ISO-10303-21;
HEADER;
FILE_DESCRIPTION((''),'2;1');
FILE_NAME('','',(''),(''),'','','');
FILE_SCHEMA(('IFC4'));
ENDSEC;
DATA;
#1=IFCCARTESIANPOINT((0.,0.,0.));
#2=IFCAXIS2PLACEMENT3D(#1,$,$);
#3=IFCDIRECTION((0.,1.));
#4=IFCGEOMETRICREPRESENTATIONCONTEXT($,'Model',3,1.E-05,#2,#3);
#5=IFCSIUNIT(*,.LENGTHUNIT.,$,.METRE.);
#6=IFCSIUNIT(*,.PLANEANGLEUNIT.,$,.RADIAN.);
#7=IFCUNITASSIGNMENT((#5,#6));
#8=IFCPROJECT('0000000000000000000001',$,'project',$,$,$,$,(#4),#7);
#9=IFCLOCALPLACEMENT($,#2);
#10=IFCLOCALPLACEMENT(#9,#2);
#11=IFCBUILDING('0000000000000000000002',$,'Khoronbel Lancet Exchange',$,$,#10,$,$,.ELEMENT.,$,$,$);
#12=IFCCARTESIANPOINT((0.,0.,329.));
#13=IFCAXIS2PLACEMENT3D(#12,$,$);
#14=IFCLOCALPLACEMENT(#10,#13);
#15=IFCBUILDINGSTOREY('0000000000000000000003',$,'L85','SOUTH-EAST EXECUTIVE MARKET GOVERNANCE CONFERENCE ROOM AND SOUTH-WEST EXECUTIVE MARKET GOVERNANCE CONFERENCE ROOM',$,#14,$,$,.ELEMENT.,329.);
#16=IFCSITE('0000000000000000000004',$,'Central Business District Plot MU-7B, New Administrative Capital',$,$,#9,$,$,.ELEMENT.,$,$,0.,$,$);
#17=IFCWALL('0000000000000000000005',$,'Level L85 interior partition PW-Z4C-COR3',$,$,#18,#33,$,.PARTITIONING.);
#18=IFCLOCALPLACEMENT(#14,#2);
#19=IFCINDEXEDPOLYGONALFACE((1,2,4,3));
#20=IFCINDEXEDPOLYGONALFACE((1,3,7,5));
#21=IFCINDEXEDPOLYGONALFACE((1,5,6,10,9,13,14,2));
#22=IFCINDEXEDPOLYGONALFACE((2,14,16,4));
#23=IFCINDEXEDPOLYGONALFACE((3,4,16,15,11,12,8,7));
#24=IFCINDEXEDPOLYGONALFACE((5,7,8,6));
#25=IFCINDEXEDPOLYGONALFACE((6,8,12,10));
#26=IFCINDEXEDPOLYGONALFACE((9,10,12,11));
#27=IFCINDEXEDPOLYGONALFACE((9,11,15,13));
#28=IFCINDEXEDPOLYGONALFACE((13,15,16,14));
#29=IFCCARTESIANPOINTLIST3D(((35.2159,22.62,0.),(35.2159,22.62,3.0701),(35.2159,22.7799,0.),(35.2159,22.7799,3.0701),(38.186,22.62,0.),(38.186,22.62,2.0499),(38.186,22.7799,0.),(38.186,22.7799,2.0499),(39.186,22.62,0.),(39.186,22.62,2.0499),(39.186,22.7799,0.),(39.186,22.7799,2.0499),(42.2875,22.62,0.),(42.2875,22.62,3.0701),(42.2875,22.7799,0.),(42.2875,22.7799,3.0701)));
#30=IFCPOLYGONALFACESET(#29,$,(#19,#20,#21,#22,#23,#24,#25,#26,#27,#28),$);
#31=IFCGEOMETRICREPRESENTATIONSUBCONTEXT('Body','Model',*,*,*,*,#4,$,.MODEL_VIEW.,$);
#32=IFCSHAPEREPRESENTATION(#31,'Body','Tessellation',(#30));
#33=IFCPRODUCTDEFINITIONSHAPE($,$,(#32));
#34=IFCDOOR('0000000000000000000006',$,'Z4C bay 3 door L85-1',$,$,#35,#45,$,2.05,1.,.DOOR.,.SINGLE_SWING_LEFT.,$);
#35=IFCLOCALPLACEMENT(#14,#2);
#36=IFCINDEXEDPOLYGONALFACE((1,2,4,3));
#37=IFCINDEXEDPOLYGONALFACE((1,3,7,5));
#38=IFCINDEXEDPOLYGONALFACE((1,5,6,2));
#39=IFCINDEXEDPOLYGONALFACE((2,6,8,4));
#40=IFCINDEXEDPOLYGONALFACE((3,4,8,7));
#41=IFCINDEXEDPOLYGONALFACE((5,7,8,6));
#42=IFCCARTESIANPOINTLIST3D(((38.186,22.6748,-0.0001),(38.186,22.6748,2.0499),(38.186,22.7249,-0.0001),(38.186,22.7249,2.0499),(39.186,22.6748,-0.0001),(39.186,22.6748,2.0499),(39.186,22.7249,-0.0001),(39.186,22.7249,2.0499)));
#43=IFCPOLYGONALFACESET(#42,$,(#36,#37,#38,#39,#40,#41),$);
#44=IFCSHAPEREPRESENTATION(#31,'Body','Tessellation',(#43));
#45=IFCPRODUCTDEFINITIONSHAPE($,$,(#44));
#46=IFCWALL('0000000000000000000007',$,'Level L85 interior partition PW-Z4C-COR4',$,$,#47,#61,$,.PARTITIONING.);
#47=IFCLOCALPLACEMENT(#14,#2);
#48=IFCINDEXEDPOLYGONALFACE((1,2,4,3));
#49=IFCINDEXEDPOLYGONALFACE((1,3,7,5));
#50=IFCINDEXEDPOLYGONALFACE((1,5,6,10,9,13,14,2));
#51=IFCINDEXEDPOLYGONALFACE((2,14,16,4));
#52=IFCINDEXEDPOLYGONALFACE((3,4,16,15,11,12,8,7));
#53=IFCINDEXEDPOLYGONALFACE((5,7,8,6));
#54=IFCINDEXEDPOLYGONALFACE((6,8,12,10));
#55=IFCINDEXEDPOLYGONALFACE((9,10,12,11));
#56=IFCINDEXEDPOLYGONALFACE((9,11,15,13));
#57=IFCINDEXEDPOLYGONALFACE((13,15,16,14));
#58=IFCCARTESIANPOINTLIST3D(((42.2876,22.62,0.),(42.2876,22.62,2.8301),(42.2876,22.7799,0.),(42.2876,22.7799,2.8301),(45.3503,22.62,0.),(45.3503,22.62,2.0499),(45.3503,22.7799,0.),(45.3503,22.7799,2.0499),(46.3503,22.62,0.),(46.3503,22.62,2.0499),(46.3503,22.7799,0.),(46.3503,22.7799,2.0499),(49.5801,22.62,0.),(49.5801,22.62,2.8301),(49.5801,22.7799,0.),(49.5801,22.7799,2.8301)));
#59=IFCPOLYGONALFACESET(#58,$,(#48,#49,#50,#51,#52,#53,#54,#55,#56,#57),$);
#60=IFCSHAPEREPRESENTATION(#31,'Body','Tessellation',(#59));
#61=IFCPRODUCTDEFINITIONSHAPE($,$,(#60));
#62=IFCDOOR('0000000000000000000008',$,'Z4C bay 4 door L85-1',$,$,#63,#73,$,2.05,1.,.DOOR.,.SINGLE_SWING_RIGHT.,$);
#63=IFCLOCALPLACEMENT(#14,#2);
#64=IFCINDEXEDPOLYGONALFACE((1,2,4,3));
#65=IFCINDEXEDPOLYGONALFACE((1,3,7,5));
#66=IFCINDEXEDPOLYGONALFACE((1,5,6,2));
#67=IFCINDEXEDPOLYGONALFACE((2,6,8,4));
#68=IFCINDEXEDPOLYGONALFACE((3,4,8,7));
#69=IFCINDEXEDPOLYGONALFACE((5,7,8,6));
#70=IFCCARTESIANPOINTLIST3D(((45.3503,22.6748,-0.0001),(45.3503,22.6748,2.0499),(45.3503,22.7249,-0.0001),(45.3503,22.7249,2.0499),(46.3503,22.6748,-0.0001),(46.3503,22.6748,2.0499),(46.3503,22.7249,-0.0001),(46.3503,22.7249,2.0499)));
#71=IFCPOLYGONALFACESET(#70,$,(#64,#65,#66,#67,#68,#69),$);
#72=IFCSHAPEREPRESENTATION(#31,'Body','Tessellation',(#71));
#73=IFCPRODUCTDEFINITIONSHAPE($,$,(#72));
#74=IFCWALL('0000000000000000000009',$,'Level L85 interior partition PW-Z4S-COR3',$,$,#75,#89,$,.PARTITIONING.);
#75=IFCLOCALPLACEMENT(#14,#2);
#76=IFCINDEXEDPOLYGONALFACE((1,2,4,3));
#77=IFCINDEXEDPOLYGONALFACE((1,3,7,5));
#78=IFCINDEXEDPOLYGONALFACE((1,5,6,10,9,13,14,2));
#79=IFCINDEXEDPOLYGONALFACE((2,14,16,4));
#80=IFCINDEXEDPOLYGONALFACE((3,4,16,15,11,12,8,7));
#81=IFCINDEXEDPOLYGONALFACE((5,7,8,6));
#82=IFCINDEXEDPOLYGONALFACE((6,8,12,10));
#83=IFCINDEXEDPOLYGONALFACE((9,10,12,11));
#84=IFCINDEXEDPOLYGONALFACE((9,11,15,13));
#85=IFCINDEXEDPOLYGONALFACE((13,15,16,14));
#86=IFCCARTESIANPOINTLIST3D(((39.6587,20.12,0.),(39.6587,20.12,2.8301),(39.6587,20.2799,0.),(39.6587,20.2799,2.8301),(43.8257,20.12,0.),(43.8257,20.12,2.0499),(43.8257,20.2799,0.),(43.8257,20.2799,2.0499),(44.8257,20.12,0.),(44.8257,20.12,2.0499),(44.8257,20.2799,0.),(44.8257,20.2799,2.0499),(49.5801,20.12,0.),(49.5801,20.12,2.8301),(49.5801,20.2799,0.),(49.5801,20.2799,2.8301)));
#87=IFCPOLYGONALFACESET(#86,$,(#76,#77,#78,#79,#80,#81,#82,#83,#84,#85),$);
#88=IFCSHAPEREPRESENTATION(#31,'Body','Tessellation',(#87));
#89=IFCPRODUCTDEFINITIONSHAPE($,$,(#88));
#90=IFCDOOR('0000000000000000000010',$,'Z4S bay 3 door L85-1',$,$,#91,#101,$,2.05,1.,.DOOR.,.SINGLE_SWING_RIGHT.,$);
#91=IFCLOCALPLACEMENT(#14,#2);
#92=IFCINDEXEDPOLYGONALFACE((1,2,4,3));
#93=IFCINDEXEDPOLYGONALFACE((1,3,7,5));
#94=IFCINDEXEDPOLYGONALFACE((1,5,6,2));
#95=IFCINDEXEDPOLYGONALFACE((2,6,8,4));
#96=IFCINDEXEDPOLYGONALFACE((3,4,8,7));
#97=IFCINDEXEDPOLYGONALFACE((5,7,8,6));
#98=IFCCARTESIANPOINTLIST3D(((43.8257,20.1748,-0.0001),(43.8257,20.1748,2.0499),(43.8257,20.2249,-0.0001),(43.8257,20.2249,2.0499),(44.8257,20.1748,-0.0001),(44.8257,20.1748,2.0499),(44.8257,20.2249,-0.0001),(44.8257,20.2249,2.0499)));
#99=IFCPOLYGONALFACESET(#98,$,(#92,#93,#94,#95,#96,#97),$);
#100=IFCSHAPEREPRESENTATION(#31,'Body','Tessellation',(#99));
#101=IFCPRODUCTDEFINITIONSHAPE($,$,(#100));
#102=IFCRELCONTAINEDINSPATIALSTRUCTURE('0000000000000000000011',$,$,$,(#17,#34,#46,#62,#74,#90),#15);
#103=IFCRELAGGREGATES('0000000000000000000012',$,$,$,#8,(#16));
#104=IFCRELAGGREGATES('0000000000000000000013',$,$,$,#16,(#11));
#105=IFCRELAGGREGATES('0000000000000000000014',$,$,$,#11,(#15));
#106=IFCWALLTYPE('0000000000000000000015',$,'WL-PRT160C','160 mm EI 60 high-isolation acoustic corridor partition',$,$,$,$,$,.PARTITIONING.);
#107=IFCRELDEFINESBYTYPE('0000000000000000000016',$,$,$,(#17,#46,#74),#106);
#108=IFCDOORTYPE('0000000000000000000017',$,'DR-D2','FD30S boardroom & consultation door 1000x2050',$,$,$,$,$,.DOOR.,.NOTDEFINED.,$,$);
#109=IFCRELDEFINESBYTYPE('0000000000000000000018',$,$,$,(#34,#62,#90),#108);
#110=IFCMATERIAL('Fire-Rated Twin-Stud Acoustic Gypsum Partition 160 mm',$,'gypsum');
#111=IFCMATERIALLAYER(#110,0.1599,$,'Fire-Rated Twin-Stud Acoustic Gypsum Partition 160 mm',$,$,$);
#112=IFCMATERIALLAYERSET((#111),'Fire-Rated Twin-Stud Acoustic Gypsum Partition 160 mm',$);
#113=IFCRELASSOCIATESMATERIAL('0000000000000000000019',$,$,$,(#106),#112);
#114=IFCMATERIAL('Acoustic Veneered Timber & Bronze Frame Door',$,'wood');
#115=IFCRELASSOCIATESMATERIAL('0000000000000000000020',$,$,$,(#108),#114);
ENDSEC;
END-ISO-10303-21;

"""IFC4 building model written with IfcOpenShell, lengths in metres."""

from ifc_helpers import new_model, si_unit, direction, frame, frame_2d, origin, place, context, subcontext, project, spatial, rectangle, extrude, material, layer, layer_set, type_object, element, fill, save


model = new_model("IFC4")

# Units and contexts
model_context = context("Model", 3, precision=1e-05, world=origin(), true_north=direction((0.0, 1.0)))
body_context = subcontext(model_context, "Body", "Model", "MODEL_VIEW")
ifc_project = project(units=[si_unit("LENGTHUNIT", "METRE"), si_unit("PLANEANGLEUNIT", "RADIAN")], contexts=[model_context])

# Site, building, storey
site_placement = place(None, origin())
site = spatial("IfcSite", under=ifc_project, at=site_placement, Name="Central Business District Plot MU-7B, New Administrative Capital", CompositionType="ELEMENT", RefElevation=0.0)
building_placement = place(site_placement, origin())
building = spatial("IfcBuilding", under=site, at=building_placement, Name="Khoronbel Lancet Exchange", CompositionType="ELEMENT")
storey_placement = place(building_placement, frame((0.0, 0.0, 329.0)))
storey = spatial("IfcBuildingStorey", under=building, at=storey_placement, Name="L85", Description="SOUTH-EAST EXECUTIVE MARKET GOVERNANCE CONFERENCE ROOM AND SOUTH-WEST EXECUTIVE MARKET GOVERNANCE CONFERENCE ROOM", CompositionType="ELEMENT", Elevation=329.0)

# Walls, openings, doors
ifc_material_1 = material(Name="Fire-Rated Twin-Stud Acoustic Gypsum Partition 160 mm", Category="gypsum")
ifc_layer_1 = layer(ifc_material_1, 0.1599, Name="Fire-Rated Twin-Stud Acoustic Gypsum Partition 160 mm")
ifc_layer_set_1 = layer_set([ifc_layer_1], Name="Fire-Rated Twin-Stud Acoustic Gypsum Partition 160 mm")
wall_type_1 = type_object("IfcWallType", Name="WL-PRT160C", Description="160 mm EI 60 high-isolation acoustic corridor partition", PredefinedType="PARTITIONING", material=ifc_layer_set_1)
wall_1_placement = place(storey_placement, frame((35.2161, 22.7, 0.0), z_axis=(0.0, 0.0, 1.0), x_axis=(1.0, 0.0, 0.0)))
wall_1 = element("IfcWall", 1, at=wall_1_placement, inside=storey, type_object=wall_type_1, Name="Level L85 interior partition PW-Z4C-COR3", PredefinedType="PARTITIONING", context=body_context, shape_type="SweptSolid", body=[
    extrude(rectangle(XDim=7.0715, YDim=0.1599, at=frame_2d((3.5356, 0.0))), origin(), (0.0, 0.0, 1.0), 3.0701),
])
opening_1_placement = place(wall_1_placement, frame((2.97, 0.0, 0.0)))
opening_1 = element("IfcOpeningElement", 2, at=opening_1_placement, cuts=wall_1, PredefinedType="OPENING", context=body_context, shape_type="SweptSolid", body=[
    extrude(rectangle(XDim=1.0, YDim=2.05, at=frame_2d((0.5, 1.0249))), frame((0.0, 0.0898, 0.0), z_axis=(0.0, -1.0, 0.0), x_axis=(1.0, 0.0, 0.0)), (0.0, 0.0, 1.0), 0.1799),
])
ifc_material_2 = material(Name="Acoustic Veneered Timber & Bronze Frame Door", Category="wood")
door_type_1 = type_object("IfcDoorType", Name="DR-D2", Description="FD30S boardroom & consultation door 1000x2050", OperationType="NOTDEFINED", PredefinedType="DOOR", material=ifc_material_2)
door_1_placement = place(opening_1_placement, origin())
door_1 = element("IfcDoor", 3, at=door_1_placement, inside=storey, type_object=door_type_1, Name="Z4C bay 3 door L85-1", OperationType="SINGLE_SWING_LEFT", OverallHeight=2.05, OverallWidth=1.0, PredefinedType="DOOR", context=body_context, shape_type="SweptSolid", body=[
    extrude(rectangle(XDim=1.0, YDim=2.05, at=frame_2d((0.5, 1.0249))), frame((0.0, 0.0249, 0.0), z_axis=(0.0, -1.0, 0.0), x_axis=(1.0, 0.0, 0.0)), (0.0, 0.0, 1.0), 0.05),
])
fill(opening_1, door_1)
wall_2_placement = place(storey_placement, frame((42.2876, 22.7, 0.0), z_axis=(0.0, 0.0, 1.0), x_axis=(1.0, 0.0, 0.0)))
wall_2 = element("IfcWall", 4, at=wall_2_placement, inside=storey, type_object=wall_type_1, Name="Level L85 interior partition PW-Z4C-COR4", PredefinedType="PARTITIONING", context=body_context, shape_type="SweptSolid", body=[
    extrude(rectangle(XDim=7.2925, YDim=0.1599, at=frame_2d((3.6462, 0.0))), origin(), (0.0, 0.0, 1.0), 2.8301),
])
opening_2_placement = place(wall_2_placement, frame((3.0627, 0.0, 0.0)))
opening_2 = element("IfcOpeningElement", 5, at=opening_2_placement, cuts=wall_2, PredefinedType="OPENING", context=body_context, shape_type="SweptSolid", body=[
    extrude(rectangle(XDim=1.0, YDim=2.05, at=frame_2d((0.5, 1.0249))), frame((0.0, 0.0898, 0.0), z_axis=(0.0, -1.0, 0.0), x_axis=(1.0, 0.0, 0.0)), (0.0, 0.0, 1.0), 0.1799),
])
door_2_placement = place(opening_2_placement, origin())
door_2 = element("IfcDoor", 6, at=door_2_placement, inside=storey, type_object=door_type_1, Name="Z4C bay 4 door L85-1", OperationType="SINGLE_SWING_RIGHT", OverallHeight=2.05, OverallWidth=1.0, PredefinedType="DOOR", context=body_context, shape_type="SweptSolid", body=[
    extrude(rectangle(XDim=1.0, YDim=2.05, at=frame_2d((0.5, 1.0249))), frame((0.0, 0.0249, 0.0), z_axis=(0.0, -1.0, 0.0), x_axis=(1.0, 0.0, 0.0)), (0.0, 0.0, 1.0), 0.05),
])
fill(opening_2, door_2)
wall_3_placement = place(storey_placement, frame((39.6587, 20.2, 0.0), z_axis=(0.0, 0.0, 1.0), x_axis=(1.0, 0.0, 0.0)))
wall_3 = element("IfcWall", 7, at=wall_3_placement, inside=storey, type_object=wall_type_1, Name="Level L85 interior partition PW-Z4S-COR3", PredefinedType="PARTITIONING", context=body_context, shape_type="SweptSolid", body=[
    extrude(rectangle(XDim=9.9214, YDim=0.1599, at=frame_2d((4.9607, 0.0))), origin(), (0.0, 0.0, 1.0), 2.8301),
])
opening_3_placement = place(wall_3_placement, frame((4.167, 0.0, 0.0)))
opening_3 = element("IfcOpeningElement", 8, at=opening_3_placement, cuts=wall_3, PredefinedType="OPENING", context=body_context, shape_type="SweptSolid", body=[
    extrude(rectangle(XDim=1.0, YDim=2.05, at=frame_2d((0.5, 1.0249))), frame((0.0, 0.0898, 0.0), z_axis=(0.0, -1.0, 0.0), x_axis=(1.0, 0.0, 0.0)), (0.0, 0.0, 1.0), 0.1799),
])
door_3_placement = place(opening_3_placement, origin())
door_3 = element("IfcDoor", 9, at=door_3_placement, inside=storey, type_object=door_type_1, Name="Z4S bay 3 door L85-1", OperationType="SINGLE_SWING_RIGHT", OverallHeight=2.05, OverallWidth=1.0, PredefinedType="DOOR", context=body_context, shape_type="SweptSolid", body=[
    extrude(rectangle(XDim=1.0, YDim=2.05, at=frame_2d((0.5, 1.0249))), frame((0.0, 0.0249, 0.0), z_axis=(0.0, -1.0, 0.0), x_axis=(1.0, 0.0, 0.0)), (0.0, 0.0, 1.0), 0.05),
])
fill(opening_3, door_3)

save(model, "model.ifc")
